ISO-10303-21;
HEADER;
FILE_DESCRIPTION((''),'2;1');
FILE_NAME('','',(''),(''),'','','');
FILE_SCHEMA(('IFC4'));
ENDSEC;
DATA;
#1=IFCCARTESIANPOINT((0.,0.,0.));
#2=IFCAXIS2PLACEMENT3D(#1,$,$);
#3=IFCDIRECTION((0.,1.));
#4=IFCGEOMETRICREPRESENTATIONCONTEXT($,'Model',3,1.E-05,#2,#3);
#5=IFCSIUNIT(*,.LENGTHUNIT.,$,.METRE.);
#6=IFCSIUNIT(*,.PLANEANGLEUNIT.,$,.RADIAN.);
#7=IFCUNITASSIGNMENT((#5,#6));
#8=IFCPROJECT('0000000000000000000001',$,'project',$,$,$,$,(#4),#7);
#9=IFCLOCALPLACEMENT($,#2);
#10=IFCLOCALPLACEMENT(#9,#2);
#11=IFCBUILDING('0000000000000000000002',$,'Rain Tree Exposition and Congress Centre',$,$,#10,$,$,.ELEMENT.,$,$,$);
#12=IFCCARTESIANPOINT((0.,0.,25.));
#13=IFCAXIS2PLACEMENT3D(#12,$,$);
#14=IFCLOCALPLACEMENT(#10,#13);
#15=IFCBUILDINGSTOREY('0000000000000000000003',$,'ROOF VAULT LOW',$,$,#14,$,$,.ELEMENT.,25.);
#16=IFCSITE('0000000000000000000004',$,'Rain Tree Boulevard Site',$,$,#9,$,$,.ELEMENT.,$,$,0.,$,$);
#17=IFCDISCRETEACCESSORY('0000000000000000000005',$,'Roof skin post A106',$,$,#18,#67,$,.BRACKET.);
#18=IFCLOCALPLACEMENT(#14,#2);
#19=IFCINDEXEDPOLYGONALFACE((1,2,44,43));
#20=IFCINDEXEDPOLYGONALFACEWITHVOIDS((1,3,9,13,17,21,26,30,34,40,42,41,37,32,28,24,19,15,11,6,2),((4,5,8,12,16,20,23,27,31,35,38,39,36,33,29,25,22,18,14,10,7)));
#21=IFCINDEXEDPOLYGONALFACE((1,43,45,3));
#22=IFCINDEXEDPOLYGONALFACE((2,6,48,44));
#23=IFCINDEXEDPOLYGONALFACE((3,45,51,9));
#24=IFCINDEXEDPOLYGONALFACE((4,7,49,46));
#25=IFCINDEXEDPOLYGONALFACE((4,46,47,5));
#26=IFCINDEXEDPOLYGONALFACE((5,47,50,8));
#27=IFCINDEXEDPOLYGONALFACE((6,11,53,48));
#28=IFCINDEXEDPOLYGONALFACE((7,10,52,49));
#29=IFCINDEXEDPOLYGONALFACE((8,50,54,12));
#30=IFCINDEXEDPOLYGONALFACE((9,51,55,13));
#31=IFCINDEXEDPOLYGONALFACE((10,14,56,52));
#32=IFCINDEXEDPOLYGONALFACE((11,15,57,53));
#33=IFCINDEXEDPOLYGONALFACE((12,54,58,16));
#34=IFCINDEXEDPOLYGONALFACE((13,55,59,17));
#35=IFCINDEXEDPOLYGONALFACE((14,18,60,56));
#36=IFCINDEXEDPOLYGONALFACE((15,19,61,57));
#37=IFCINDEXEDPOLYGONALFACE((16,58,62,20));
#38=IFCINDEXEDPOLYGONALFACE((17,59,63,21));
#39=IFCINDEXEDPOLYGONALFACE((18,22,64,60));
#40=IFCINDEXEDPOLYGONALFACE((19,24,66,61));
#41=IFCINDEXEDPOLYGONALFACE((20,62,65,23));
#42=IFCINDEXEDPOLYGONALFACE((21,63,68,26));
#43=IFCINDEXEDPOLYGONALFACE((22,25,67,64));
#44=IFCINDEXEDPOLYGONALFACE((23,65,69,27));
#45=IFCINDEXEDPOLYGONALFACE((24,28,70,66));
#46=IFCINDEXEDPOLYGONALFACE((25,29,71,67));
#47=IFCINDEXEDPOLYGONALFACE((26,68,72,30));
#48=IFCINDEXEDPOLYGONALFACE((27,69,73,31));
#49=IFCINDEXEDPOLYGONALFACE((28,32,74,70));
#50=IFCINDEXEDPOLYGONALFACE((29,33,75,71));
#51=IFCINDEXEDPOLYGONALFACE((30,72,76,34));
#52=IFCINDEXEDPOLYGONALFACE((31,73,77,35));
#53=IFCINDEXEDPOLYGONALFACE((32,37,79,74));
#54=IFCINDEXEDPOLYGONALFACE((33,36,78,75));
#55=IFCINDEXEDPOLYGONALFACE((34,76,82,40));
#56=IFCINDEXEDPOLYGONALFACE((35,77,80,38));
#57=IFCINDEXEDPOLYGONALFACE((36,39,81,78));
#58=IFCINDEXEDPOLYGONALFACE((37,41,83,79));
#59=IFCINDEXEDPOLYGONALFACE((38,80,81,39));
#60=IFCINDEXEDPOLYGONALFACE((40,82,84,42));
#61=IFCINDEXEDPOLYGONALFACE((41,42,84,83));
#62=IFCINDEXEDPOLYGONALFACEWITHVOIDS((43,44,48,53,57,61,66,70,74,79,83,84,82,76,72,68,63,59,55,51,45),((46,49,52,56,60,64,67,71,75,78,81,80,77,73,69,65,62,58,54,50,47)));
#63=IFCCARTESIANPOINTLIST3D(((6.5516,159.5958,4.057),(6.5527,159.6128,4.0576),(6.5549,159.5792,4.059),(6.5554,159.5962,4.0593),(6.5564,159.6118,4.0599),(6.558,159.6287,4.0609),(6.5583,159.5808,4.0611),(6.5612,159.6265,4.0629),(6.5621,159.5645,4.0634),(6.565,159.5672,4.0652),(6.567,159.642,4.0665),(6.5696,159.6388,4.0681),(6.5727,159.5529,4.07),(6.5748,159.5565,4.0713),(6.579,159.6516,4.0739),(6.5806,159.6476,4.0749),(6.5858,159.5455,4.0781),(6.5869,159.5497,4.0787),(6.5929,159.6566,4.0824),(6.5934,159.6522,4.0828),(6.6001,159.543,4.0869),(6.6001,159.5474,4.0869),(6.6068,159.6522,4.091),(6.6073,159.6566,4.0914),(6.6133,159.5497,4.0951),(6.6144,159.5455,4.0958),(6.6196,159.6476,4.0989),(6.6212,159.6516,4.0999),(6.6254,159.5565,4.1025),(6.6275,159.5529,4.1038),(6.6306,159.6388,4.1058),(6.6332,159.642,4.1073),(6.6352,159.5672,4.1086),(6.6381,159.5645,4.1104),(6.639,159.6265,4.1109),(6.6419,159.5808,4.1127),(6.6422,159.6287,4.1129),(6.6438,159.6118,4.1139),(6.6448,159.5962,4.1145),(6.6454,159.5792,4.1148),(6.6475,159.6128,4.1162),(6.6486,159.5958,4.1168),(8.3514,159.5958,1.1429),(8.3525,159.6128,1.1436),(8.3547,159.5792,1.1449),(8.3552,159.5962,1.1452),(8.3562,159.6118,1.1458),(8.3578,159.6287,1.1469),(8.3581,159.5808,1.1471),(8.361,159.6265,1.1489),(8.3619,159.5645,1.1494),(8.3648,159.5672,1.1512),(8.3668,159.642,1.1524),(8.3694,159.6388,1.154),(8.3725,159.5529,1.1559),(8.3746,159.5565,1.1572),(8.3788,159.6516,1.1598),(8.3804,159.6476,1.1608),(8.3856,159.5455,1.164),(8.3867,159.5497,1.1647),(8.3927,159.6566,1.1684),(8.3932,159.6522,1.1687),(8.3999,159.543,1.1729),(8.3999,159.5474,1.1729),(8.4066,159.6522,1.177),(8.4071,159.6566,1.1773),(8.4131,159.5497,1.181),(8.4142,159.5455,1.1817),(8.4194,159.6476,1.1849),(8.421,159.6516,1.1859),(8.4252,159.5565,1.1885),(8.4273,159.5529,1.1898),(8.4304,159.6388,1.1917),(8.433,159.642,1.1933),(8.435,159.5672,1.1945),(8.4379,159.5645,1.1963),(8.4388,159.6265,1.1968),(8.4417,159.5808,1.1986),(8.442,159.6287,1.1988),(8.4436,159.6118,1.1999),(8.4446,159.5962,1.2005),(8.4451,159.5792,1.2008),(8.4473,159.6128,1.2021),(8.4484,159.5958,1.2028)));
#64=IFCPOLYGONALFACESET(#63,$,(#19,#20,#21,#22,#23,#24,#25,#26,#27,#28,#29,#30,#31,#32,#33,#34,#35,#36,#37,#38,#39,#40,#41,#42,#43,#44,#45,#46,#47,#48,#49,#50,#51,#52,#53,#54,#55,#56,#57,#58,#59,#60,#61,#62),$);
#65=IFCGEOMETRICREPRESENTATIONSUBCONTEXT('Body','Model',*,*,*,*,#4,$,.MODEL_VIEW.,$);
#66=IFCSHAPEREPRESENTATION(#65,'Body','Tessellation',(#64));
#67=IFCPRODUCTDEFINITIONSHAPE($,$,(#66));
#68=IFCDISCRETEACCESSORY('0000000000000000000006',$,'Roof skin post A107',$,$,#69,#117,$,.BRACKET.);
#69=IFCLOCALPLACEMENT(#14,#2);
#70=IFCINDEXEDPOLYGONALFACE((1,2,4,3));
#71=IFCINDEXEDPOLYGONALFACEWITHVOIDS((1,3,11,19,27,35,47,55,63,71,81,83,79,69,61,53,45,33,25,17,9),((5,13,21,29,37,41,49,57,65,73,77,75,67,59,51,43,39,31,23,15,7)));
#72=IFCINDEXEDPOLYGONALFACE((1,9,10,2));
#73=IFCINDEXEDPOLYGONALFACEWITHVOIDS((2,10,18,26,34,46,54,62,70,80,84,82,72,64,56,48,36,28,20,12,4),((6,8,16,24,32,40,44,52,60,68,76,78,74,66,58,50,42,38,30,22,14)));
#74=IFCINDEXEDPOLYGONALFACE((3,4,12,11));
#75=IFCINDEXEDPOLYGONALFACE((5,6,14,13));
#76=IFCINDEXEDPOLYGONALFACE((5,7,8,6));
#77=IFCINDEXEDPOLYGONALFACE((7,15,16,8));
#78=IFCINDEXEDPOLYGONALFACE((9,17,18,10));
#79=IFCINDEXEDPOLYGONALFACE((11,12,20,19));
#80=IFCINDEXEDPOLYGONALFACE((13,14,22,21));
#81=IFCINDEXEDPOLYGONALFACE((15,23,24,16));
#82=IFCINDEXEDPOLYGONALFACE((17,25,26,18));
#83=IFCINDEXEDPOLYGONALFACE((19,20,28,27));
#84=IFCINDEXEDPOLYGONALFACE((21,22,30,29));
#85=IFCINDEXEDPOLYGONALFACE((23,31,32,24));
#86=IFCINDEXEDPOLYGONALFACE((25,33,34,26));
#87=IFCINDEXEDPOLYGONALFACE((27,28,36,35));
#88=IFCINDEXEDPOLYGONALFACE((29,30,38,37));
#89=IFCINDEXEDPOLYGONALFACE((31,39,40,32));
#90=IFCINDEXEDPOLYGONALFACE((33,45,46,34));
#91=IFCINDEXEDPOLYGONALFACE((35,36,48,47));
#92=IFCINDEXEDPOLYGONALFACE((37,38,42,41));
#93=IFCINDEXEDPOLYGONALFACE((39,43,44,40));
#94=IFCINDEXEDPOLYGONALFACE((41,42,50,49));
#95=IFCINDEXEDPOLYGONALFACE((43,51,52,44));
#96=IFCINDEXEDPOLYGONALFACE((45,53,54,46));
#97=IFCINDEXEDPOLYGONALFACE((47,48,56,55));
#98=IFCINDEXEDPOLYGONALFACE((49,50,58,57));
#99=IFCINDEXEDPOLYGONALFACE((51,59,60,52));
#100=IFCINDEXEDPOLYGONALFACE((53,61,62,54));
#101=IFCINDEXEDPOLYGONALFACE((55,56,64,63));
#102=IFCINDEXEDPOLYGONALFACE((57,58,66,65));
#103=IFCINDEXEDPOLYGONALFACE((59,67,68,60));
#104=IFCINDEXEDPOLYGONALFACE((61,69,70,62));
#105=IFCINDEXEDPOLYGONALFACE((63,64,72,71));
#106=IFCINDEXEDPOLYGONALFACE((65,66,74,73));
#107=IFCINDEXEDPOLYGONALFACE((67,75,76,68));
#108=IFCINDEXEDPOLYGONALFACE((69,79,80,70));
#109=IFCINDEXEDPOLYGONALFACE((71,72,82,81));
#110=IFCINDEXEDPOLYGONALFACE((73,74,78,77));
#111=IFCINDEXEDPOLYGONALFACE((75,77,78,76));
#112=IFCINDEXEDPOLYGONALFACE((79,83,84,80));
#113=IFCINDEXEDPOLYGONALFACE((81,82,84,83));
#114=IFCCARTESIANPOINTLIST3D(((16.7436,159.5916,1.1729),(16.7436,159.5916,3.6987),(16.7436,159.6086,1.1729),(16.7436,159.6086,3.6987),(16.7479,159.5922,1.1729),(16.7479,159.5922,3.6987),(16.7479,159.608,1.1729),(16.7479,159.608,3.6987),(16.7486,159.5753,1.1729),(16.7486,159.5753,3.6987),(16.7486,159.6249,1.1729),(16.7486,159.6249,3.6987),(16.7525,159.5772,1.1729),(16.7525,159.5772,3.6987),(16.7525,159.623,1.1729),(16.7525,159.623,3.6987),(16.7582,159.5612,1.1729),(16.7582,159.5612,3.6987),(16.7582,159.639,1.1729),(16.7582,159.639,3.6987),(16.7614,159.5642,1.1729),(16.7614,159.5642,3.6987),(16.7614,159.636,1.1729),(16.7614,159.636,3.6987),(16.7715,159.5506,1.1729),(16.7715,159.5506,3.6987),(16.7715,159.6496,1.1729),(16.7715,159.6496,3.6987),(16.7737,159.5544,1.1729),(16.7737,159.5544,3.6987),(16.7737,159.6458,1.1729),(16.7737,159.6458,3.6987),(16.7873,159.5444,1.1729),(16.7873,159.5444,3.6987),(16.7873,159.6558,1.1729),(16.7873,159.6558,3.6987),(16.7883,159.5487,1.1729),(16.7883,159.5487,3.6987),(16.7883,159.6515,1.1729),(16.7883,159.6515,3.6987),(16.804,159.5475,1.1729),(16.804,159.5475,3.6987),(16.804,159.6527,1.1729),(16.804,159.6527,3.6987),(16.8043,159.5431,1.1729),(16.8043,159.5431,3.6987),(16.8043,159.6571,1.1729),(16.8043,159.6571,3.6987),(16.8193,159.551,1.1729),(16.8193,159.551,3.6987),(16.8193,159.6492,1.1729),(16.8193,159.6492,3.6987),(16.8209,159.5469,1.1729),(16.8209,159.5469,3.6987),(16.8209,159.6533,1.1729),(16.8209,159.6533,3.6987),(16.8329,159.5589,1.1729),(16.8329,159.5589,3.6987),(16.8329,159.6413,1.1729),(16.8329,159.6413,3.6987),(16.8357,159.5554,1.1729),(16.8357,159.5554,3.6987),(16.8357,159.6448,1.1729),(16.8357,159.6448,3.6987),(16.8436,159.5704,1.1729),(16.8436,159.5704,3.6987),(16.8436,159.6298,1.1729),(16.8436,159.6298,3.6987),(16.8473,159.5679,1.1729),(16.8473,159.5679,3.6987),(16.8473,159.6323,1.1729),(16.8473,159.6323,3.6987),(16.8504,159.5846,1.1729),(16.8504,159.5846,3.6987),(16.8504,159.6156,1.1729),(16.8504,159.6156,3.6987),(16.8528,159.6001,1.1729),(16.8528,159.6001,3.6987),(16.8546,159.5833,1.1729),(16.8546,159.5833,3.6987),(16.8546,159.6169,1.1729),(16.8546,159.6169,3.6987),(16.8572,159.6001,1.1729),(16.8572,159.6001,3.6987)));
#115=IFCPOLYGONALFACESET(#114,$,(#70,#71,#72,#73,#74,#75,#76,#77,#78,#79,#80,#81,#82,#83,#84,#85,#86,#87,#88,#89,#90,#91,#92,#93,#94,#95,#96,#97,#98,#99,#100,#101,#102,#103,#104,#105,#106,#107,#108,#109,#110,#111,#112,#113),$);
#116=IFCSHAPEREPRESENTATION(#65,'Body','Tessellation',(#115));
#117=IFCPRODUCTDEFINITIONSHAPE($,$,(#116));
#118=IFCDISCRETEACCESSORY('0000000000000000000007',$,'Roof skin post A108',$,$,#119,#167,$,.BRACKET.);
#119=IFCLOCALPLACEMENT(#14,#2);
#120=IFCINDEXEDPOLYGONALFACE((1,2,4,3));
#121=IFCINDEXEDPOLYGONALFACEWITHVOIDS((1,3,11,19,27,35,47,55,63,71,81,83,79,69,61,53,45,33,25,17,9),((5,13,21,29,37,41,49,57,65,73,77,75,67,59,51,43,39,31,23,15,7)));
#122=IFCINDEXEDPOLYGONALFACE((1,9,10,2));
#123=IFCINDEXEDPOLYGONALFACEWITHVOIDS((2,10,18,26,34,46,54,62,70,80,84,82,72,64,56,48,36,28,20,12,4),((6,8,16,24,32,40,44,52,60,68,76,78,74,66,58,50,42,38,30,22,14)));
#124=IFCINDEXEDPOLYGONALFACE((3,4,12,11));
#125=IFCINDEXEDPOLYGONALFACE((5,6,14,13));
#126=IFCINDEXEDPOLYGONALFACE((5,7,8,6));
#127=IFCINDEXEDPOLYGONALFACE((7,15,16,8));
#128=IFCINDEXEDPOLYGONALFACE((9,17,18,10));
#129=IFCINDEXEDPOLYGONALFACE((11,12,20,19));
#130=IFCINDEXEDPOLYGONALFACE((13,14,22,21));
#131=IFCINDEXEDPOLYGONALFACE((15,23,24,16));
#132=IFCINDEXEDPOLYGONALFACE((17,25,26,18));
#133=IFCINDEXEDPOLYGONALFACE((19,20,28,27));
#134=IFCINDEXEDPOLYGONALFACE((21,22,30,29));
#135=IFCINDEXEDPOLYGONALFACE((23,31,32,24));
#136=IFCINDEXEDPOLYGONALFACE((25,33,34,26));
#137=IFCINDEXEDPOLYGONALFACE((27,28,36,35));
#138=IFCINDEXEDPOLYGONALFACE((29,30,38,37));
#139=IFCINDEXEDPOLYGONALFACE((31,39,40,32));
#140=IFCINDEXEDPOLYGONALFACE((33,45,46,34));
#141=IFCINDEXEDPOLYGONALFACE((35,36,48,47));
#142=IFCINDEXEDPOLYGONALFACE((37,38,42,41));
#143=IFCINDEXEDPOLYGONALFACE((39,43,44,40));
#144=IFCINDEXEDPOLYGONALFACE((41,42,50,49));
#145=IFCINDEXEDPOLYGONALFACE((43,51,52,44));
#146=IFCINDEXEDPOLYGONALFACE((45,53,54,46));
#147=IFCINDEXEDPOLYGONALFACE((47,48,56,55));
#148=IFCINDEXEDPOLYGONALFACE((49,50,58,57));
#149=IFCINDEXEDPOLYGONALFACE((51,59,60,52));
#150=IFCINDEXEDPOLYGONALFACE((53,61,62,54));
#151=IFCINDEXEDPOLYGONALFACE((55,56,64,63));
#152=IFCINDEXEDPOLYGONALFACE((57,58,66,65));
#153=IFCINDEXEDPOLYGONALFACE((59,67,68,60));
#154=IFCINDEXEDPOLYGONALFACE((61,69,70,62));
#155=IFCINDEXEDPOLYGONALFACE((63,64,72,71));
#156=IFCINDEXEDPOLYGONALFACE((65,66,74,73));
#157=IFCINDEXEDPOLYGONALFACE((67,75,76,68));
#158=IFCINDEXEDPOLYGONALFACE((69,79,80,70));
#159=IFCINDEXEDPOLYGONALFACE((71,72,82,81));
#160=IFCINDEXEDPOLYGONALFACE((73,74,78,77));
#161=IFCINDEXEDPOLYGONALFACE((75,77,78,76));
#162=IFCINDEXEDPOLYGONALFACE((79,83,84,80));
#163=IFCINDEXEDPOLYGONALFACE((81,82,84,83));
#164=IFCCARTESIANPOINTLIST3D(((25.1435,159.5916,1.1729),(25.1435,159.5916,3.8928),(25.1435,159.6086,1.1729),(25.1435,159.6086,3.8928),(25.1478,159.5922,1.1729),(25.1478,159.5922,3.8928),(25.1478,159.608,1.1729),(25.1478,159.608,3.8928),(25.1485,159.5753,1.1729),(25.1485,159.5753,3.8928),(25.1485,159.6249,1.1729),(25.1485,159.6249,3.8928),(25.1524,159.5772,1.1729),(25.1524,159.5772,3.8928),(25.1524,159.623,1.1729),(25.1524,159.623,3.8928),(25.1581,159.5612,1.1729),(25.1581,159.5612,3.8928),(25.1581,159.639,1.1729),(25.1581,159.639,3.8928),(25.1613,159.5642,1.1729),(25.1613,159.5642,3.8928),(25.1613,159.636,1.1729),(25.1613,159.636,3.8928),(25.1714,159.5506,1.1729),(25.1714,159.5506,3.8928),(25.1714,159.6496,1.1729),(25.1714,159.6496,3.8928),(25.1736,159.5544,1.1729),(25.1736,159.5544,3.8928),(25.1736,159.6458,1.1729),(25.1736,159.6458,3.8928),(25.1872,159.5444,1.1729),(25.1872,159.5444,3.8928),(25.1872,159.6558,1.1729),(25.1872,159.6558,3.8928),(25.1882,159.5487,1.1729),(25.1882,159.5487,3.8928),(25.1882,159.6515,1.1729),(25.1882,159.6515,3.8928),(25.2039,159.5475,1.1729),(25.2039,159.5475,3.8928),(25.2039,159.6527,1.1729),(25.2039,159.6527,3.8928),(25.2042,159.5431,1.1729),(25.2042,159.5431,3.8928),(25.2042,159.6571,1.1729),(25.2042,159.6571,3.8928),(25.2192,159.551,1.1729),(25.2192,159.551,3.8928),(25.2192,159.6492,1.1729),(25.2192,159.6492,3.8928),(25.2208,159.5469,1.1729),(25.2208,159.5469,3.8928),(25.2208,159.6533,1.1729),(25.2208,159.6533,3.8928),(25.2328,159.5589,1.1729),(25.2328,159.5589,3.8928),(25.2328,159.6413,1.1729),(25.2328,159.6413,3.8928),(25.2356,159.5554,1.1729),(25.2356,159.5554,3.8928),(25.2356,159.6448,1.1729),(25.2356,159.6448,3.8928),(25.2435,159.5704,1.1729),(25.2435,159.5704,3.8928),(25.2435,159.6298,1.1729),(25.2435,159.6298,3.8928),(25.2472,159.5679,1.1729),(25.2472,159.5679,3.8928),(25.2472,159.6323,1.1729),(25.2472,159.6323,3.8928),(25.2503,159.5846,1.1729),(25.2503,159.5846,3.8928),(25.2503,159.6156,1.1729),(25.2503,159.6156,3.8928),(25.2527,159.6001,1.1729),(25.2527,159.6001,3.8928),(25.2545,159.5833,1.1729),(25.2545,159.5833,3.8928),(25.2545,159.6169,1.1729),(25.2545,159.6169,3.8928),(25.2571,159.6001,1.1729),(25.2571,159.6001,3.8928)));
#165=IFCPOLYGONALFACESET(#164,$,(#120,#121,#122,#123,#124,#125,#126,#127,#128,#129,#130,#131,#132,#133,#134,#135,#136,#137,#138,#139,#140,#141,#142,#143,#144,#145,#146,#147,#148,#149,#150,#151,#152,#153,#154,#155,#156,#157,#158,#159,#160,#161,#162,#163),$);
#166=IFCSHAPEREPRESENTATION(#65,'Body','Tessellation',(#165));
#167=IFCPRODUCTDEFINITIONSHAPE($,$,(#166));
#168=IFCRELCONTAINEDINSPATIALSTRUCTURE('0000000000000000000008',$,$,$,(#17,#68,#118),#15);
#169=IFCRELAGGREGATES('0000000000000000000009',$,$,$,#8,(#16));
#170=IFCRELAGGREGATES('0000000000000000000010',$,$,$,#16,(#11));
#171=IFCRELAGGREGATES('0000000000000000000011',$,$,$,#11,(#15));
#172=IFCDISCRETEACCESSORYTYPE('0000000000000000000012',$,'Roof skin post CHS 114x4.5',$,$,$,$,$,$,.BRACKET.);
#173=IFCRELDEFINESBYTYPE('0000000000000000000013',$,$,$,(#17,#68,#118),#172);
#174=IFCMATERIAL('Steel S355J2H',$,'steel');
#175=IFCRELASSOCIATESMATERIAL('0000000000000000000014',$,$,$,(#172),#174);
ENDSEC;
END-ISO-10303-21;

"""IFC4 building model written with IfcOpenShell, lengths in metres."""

from ifc_helpers import new_model, si_unit, direction, frame, origin, origin_2d, place, context, subcontext, project, spatial, hollow_circle, extrude, material, material_profile, profile_set, type_object, element, save


model = new_model("IFC4")

# Units and contexts
model_context = context("Model", 3, precision=1e-05, world=origin(), true_north=direction((0.0, 1.0)))
body_context = subcontext(model_context, "Body", "Model", "MODEL_VIEW")
ifc_project = project(units=[si_unit("LENGTHUNIT", "METRE"), si_unit("PLANEANGLEUNIT", "RADIAN")], contexts=[model_context])

# Site, building, storey
site_placement = place(None, origin())
site = spatial("IfcSite", under=ifc_project, at=site_placement, Name="Rain Tree Boulevard Site", CompositionType="ELEMENT", RefElevation=0.0)
building_placement = place(site_placement, origin())
building = spatial("IfcBuilding", under=site, at=building_placement, Name="Rain Tree Exposition and Congress Centre", CompositionType="ELEMENT")
storey_placement = place(building_placement, frame((0.0, 0.0, 25.0)))
storey = spatial("IfcBuildingStorey", under=building, at=storey_placement, Name="ROOF VAULT LOW", CompositionType="ELEMENT", Elevation=25.0)

# Discrete accessories
ifc_material_1 = material(Name="Steel S355J2H", Category="steel")
ifc_material_profile_1 = material_profile(ifc_material_1, hollow_circle(Radius=0.0571, WallThickness=0.0044, at=origin_2d()), Name="CHS 114x4.5")
ifc_profile_set_1 = profile_set([ifc_material_profile_1], Name="Steel S355J2H")
discrete_accessory_type = type_object("IfcDiscreteAccessoryType", Name="Roof skin post CHS 114x4.5", PredefinedType="BRACKET", material=ifc_profile_set_1)
discrete_accessory_1_placement = place(storey_placement, frame((8.3999, 159.6001, 1.1729), z_axis=(-0.525481, 0.0, 0.850805), x_axis=(0.0, -1.0, 0.0)))
element("IfcDiscreteAccessory", 1, at=discrete_accessory_1_placement, inside=storey, type_object=discrete_accessory_type, Name="Roof skin post A106", PredefinedType="BRACKET", context=body_context, shape_type="SweptSolid", body=[
    extrude(hollow_circle(Radius=0.0571, WallThickness=0.0044, at=origin_2d()), origin(), (0.0, 0.0, 1.0), 3.425),
])
discrete_accessory_2_placement = place(storey_placement, frame((16.8, 159.6001, 1.1729), z_axis=(0.0, 0.0, 1.0), x_axis=(1.0, 0.0, 0.0)))
element("IfcDiscreteAccessory", 2, at=discrete_accessory_2_placement, inside=storey, type_object=discrete_accessory_type, Name="Roof skin post A107", PredefinedType="BRACKET", context=body_context, shape_type="SweptSolid", body=[
    extrude(hollow_circle(Radius=0.0571, WallThickness=0.0044, at=origin_2d()), origin(), (0.0, 0.0, 1.0), 2.5259),
])
discrete_accessory_3_placement = place(storey_placement, frame((25.2, 159.6001, 1.1729), z_axis=(0.0, 0.0, 1.0), x_axis=(1.0, 0.0, 0.0)))
element("IfcDiscreteAccessory", 3, at=discrete_accessory_3_placement, inside=storey, type_object=discrete_accessory_type, Name="Roof skin post A108", PredefinedType="BRACKET", context=body_context, shape_type="SweptSolid", body=[
    extrude(hollow_circle(Radius=0.0571, WallThickness=0.0044, at=origin_2d()), origin(), (0.0, 0.0, 1.0), 2.72),
])

save(model, "model.ifc")
